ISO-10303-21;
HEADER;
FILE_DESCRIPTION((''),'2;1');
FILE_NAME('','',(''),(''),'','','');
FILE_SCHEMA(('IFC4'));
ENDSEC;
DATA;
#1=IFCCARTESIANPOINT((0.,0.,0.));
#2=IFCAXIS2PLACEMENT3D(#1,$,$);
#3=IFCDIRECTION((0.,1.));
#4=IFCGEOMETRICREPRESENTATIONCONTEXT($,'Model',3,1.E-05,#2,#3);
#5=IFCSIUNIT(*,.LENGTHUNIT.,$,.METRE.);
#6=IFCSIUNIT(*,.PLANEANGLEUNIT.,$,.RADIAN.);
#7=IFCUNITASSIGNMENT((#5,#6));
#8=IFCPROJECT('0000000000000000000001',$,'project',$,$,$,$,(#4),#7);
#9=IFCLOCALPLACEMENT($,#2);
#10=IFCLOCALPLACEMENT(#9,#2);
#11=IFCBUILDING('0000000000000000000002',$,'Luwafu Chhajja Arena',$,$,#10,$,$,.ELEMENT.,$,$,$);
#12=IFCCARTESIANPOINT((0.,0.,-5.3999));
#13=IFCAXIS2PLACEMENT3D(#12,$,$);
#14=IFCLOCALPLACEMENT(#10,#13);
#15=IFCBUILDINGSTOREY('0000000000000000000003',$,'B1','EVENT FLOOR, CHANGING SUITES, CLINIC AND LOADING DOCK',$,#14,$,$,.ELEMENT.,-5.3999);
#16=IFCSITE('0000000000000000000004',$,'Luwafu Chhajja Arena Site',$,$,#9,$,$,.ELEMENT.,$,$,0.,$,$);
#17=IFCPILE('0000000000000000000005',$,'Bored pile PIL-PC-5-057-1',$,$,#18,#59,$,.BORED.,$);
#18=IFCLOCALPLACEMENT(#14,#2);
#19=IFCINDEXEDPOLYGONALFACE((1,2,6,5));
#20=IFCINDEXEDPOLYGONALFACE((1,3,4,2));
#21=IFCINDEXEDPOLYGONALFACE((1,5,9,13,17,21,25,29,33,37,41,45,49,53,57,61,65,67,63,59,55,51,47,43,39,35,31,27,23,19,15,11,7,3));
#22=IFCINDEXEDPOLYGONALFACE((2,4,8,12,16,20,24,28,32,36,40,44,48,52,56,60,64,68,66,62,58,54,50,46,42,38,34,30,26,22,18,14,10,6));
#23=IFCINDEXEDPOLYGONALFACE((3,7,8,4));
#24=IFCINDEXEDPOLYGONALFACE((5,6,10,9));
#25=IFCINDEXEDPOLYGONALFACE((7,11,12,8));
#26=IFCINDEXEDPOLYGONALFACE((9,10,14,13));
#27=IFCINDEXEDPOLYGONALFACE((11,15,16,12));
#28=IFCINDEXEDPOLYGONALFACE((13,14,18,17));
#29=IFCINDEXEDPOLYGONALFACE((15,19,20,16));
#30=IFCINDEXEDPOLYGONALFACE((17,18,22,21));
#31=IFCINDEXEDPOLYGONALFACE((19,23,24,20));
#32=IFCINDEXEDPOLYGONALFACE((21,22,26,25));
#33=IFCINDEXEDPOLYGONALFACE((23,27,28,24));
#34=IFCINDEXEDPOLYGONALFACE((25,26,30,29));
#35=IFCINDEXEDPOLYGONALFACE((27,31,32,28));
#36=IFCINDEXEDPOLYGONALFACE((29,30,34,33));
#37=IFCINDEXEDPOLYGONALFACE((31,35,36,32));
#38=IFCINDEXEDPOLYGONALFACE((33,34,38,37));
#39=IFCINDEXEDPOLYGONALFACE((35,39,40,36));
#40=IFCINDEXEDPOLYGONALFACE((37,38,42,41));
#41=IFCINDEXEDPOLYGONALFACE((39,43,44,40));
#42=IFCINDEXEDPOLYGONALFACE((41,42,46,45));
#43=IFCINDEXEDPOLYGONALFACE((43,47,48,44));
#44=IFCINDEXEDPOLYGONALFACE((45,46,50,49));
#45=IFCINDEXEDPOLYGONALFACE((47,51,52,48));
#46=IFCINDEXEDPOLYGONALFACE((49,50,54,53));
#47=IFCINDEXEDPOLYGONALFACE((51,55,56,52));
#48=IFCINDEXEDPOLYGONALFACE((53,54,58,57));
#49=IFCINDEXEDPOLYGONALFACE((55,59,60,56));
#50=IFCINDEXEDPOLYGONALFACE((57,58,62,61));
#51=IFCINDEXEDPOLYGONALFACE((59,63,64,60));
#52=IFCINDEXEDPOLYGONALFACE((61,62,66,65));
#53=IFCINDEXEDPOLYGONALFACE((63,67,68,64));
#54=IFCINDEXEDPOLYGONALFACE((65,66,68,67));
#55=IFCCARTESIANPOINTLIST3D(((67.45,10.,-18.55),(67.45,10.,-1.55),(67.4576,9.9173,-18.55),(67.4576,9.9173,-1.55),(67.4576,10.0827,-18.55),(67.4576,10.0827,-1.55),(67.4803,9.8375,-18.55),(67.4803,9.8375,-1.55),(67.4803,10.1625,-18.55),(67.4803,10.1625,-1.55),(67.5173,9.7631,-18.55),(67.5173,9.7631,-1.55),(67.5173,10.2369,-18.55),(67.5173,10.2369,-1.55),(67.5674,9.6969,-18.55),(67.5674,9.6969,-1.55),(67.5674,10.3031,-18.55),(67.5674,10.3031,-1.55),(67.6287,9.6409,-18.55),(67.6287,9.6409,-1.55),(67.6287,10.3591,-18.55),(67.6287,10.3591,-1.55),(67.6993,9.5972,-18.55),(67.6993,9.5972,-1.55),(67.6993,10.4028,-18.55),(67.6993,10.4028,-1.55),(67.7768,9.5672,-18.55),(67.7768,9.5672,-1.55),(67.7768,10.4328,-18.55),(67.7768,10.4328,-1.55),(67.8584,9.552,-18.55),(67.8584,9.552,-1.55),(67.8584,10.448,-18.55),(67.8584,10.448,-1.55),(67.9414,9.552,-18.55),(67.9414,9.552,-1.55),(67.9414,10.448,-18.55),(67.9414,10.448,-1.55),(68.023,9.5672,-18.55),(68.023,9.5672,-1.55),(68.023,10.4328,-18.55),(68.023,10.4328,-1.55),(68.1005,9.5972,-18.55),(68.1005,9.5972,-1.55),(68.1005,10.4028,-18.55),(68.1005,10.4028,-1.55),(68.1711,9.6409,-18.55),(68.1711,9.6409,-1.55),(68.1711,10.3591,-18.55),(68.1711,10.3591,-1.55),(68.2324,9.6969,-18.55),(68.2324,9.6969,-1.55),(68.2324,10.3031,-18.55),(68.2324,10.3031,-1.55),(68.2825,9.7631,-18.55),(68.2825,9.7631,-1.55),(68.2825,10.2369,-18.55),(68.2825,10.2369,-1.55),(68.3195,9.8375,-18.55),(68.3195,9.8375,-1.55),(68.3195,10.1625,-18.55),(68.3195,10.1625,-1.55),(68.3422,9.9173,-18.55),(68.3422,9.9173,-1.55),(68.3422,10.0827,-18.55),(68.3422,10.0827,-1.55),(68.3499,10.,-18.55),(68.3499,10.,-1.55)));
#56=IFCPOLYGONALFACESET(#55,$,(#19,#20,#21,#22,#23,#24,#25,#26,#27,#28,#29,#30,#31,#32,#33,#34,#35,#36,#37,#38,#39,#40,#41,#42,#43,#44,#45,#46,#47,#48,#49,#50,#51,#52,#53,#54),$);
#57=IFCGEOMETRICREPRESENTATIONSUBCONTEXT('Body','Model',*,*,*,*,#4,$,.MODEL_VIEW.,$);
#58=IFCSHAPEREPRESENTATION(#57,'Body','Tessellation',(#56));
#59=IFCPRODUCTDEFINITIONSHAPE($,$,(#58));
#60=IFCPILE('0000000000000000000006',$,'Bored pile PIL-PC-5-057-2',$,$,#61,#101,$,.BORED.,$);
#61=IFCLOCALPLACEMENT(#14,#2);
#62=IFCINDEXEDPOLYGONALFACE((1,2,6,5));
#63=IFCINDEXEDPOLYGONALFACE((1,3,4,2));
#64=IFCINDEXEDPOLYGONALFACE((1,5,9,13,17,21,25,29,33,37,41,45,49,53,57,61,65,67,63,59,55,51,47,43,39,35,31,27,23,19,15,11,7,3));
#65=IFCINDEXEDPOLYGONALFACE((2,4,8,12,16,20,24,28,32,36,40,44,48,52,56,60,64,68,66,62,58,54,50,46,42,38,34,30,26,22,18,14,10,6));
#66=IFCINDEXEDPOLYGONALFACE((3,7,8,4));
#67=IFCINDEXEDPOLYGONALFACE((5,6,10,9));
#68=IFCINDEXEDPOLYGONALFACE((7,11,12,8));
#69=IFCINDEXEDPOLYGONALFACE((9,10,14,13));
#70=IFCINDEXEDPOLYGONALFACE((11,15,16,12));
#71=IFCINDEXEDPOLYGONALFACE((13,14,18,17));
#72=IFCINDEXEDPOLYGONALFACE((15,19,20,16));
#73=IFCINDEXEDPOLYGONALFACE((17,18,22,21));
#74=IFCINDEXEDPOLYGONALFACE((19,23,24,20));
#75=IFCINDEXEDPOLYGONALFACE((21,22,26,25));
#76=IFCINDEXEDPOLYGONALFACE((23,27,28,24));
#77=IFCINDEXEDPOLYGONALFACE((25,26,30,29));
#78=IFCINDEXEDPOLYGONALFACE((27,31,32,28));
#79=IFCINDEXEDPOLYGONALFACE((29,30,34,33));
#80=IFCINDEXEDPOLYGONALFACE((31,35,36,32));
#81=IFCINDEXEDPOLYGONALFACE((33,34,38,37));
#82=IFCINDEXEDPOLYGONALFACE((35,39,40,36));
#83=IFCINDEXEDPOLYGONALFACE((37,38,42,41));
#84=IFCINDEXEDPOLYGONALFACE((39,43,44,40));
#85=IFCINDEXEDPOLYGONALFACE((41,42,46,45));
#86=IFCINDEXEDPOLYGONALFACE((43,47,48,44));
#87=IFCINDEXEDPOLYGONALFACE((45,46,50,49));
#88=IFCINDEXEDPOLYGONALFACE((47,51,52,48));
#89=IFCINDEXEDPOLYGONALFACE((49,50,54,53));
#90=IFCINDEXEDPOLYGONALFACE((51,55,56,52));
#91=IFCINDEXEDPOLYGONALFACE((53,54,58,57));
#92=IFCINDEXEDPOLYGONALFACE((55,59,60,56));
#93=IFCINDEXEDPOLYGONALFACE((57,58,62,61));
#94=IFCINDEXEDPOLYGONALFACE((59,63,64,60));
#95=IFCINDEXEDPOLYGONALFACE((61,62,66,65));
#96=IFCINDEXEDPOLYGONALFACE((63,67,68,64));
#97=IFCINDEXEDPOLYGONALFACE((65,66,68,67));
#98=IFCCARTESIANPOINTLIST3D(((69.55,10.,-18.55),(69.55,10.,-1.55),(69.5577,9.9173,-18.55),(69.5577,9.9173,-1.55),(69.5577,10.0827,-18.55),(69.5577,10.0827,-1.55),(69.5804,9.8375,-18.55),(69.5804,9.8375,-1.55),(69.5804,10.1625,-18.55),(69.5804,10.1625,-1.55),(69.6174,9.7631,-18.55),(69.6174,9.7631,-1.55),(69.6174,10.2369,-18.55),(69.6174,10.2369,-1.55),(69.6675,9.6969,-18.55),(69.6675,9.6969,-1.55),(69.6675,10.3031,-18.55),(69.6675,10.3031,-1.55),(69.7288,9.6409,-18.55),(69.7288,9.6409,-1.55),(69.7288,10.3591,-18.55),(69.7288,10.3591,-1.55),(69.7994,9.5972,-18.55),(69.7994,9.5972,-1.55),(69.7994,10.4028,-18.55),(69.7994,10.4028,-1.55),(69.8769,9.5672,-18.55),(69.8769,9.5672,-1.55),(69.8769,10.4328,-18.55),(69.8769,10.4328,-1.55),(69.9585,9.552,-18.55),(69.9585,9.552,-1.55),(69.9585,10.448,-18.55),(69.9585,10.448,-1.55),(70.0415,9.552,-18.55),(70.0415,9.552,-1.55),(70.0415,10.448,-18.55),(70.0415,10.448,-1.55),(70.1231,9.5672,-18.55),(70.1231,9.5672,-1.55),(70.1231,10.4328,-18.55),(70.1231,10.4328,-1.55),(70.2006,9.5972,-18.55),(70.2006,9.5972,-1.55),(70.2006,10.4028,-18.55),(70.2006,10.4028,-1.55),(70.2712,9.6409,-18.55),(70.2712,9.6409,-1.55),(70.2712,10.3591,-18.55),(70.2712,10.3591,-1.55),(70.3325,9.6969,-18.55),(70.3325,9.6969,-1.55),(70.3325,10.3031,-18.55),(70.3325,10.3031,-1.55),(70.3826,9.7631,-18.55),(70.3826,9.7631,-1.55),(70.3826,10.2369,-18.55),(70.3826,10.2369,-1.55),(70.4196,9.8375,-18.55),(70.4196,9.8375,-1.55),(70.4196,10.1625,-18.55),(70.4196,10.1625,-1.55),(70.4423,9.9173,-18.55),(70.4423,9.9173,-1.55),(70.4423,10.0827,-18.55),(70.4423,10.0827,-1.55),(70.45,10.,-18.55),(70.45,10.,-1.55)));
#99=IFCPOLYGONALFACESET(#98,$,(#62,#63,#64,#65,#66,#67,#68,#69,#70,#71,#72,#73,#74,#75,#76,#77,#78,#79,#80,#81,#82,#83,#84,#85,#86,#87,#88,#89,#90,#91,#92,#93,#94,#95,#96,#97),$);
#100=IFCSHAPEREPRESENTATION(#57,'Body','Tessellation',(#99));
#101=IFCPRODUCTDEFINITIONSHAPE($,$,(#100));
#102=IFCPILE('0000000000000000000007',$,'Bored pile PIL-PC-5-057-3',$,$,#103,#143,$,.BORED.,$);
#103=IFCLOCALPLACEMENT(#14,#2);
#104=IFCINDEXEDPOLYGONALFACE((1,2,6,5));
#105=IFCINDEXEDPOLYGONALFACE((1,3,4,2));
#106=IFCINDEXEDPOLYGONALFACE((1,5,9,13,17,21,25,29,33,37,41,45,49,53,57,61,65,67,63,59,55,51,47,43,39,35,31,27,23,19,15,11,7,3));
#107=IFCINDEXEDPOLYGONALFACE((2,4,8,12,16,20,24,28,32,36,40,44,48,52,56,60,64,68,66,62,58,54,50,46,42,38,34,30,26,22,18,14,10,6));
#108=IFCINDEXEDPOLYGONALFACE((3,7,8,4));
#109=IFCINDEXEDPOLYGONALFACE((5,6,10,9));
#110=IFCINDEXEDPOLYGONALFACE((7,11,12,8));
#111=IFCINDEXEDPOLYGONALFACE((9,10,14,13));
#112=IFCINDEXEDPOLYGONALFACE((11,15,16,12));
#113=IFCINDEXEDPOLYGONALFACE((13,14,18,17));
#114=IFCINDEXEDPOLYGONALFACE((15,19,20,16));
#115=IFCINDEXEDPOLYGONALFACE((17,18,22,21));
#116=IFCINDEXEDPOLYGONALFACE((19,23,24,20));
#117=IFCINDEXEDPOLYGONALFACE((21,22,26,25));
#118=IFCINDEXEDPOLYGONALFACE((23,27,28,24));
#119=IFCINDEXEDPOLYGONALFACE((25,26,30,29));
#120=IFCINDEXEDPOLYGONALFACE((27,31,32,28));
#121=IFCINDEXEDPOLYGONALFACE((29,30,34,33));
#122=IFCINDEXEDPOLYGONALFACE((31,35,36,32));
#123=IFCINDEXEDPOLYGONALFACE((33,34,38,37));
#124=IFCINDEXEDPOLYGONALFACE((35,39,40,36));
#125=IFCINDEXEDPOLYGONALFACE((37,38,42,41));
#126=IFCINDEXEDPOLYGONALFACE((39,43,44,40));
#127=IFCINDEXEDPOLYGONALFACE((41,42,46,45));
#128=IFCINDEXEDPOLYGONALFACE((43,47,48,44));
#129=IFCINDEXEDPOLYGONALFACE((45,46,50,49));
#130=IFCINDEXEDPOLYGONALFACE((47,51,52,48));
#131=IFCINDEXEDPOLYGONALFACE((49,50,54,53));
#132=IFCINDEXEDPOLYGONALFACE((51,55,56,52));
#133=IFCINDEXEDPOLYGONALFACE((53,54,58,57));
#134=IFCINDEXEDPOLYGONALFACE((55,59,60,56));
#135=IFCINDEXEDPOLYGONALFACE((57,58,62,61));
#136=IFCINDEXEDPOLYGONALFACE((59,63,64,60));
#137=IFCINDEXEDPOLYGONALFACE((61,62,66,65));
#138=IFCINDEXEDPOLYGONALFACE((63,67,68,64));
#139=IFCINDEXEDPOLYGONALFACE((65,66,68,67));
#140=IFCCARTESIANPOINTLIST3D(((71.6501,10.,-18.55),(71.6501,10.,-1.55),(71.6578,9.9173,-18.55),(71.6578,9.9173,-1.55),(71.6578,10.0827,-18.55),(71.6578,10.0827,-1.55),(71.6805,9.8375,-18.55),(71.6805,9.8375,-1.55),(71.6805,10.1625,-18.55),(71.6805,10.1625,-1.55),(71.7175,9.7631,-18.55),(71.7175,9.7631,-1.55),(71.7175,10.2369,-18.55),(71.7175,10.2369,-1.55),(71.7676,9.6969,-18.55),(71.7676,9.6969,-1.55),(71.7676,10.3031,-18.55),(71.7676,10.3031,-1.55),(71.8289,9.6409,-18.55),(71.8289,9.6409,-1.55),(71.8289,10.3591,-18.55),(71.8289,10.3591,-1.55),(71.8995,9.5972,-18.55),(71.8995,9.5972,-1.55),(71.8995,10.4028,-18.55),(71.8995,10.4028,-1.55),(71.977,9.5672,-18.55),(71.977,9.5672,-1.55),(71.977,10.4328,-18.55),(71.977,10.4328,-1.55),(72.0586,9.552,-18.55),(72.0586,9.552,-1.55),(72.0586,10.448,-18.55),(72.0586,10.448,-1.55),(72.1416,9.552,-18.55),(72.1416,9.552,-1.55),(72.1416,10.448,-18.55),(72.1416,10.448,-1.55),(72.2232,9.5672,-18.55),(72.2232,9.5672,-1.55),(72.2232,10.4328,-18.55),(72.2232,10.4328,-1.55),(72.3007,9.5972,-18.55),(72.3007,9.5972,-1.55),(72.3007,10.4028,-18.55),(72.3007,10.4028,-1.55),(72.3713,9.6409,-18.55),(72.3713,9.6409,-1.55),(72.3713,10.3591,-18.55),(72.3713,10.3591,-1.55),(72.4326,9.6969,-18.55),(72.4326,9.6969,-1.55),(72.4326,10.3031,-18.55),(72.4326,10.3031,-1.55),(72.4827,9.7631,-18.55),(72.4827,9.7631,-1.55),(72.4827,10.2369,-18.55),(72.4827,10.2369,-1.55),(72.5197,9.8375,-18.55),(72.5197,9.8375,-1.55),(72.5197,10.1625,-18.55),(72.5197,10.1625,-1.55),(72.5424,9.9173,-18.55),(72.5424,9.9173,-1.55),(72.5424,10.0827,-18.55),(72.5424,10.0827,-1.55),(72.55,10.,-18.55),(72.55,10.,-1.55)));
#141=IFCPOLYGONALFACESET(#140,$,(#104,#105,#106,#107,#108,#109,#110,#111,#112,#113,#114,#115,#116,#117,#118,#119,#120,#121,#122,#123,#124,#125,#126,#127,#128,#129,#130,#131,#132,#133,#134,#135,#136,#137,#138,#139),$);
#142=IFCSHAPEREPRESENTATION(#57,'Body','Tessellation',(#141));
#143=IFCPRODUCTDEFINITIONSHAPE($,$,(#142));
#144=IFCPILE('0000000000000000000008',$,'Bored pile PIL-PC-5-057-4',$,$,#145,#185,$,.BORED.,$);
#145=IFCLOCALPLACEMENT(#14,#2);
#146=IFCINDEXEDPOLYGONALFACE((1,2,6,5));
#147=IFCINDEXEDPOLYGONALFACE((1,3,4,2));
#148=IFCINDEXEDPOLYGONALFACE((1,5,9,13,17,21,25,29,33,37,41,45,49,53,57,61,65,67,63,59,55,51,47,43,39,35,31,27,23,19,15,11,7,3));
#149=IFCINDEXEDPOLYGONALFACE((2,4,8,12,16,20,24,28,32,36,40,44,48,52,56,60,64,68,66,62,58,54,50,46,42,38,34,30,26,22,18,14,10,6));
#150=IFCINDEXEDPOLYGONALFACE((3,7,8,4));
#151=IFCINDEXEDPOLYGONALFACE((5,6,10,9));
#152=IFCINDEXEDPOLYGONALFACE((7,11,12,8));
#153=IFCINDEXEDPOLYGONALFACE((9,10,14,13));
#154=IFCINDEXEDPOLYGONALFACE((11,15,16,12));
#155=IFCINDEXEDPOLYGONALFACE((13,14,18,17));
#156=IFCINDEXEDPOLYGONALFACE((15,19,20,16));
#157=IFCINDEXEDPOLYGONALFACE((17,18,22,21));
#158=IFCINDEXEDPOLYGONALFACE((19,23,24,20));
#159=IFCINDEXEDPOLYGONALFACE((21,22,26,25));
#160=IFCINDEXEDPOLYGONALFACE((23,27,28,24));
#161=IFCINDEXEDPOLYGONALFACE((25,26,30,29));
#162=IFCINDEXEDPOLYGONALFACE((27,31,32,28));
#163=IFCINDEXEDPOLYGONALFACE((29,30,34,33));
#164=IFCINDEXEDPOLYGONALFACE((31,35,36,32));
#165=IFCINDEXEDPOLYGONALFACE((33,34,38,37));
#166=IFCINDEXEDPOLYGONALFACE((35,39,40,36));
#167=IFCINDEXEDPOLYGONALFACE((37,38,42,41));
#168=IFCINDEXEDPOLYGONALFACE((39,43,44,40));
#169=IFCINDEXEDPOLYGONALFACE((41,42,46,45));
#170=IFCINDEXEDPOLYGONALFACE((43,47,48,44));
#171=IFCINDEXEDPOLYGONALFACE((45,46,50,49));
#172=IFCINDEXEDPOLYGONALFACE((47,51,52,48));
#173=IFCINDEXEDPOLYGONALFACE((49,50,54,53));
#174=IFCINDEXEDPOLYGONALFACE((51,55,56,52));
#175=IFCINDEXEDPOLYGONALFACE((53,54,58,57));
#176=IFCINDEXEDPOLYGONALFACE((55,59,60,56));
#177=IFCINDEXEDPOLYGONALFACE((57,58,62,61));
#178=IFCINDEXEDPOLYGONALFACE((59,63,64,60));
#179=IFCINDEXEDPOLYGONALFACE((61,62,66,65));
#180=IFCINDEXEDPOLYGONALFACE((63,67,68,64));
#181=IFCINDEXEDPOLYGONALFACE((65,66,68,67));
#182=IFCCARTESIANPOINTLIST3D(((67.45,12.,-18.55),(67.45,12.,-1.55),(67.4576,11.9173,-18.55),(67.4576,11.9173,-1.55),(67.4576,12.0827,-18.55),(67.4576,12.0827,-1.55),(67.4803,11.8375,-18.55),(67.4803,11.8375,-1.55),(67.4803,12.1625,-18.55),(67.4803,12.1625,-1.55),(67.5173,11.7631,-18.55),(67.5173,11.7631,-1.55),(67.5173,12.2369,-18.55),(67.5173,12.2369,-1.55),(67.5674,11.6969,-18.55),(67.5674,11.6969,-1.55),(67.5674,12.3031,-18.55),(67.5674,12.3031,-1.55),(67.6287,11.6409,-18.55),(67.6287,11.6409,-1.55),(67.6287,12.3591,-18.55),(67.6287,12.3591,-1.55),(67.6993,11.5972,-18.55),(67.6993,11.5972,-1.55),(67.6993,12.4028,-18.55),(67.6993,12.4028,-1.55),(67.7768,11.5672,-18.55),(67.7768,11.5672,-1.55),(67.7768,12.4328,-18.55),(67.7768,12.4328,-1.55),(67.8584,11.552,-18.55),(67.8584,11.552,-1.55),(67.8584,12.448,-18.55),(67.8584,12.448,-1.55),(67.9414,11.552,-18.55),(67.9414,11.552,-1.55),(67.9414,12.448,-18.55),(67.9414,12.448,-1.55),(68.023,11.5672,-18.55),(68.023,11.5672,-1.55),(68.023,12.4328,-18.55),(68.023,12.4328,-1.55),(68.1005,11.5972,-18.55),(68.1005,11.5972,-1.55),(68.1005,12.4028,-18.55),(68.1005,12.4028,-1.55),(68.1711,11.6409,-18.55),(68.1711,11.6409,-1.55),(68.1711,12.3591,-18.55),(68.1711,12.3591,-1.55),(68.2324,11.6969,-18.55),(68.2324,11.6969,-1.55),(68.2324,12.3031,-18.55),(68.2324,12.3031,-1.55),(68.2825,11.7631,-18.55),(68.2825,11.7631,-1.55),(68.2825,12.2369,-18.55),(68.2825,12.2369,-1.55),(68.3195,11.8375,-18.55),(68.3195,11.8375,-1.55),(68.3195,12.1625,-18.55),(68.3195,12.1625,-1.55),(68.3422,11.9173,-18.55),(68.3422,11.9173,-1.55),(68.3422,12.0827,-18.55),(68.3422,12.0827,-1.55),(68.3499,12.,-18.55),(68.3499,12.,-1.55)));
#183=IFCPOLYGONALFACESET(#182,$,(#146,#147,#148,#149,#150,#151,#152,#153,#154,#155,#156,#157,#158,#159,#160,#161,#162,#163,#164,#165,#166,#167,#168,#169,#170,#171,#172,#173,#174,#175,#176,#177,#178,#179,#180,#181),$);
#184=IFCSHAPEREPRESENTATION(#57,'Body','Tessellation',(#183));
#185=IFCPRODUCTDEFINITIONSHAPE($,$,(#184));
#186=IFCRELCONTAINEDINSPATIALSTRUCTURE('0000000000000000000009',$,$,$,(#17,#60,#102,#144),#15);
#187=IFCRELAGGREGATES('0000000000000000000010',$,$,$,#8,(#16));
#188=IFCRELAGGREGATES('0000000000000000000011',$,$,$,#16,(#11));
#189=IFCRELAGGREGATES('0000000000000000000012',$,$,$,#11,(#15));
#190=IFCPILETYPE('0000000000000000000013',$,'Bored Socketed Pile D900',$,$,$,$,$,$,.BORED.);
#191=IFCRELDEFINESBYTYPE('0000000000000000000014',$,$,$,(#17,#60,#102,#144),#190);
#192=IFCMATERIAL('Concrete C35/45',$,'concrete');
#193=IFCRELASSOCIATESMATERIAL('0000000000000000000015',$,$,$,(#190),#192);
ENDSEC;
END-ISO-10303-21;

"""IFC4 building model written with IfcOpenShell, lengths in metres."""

from ifc_helpers import new_model, si_unit, direction, frame, origin, origin_2d, place, context, subcontext, project, spatial, circle, extrude, material, material_profile, profile_set, type_object, element, save


model = new_model("IFC4")

# Units and contexts
model_context = context("Model", 3, precision=1e-05, world=origin(), true_north=direction((0.0, 1.0)))
body_context = subcontext(model_context, "Body", "Model", "MODEL_VIEW")
ifc_project = project(units=[si_unit("LENGTHUNIT", "METRE"), si_unit("PLANEANGLEUNIT", "RADIAN")], contexts=[model_context])

# Site, building, storey
site_placement = place(None, origin())
site = spatial("IfcSite", under=ifc_project, at=site_placement, Name="Luwafu Chhajja Arena Site", CompositionType="ELEMENT", RefElevation=0.0)
building_placement = place(site_placement, origin())
building = spatial("IfcBuilding", under=site, at=building_placement, Name="Luwafu Chhajja Arena", CompositionType="ELEMENT")
storey_placement = place(building_placement, frame((0.0, 0.0, -5.3999)))
storey = spatial("IfcBuildingStorey", under=building, at=storey_placement, Name="B1", Description="EVENT FLOOR, CHANGING SUITES, CLINIC AND LOADING DOCK", CompositionType="ELEMENT", Elevation=-5.3999)

# Piles
ifc_material_1 = material(Name="Concrete C35/45", Category="concrete")
ifc_material_profile_1 = material_profile(ifc_material_1, circle(Radius=0.45, at=origin_2d()), Name="PILE D900")
ifc_profile_set_1 = profile_set([ifc_material_profile_1], Name="Concrete C35/45")
pile_type_1 = type_object("IfcPileType", Name="Bored Socketed Pile D900", PredefinedType="BORED", material=ifc_profile_set_1)
for number, where, z_axis, x_axis, name in (
    (1, (67.8999, 10.0, -1.55), (0.0, 0.0, -1.0), (1.0, 0.0, 0.0), "Bored pile PIL-PC-5-057-1"),
    (2, (70.0, 10.0, -1.55), (0.0, 0.0, -1.0), (1.0, 0.0, 0.0), "Bored pile PIL-PC-5-057-2"),
    (3, (72.1001, 10.0, -1.55), (0.0, 0.0, -1.0), (1.0, 0.0, 0.0), "Bored pile PIL-PC-5-057-3"),
    (4, (67.8999, 12.0, -1.55), (0.0, 0.0, -1.0), (1.0, 0.0, 0.0), "Bored pile PIL-PC-5-057-4"),
):
    element("IfcPile", number, at=place(storey_placement, frame(where, z_axis=z_axis, x_axis=x_axis)), inside=storey, type_object=pile_type_1, Name=name, PredefinedType="BORED", context=body_context, shape_type="SweptSolid", body=[
        extrude(circle(Radius=0.45, at=origin_2d()), origin(), (0.0, 0.0, 1.0), 17.0),
    ])

save(model, "model.ifc")
